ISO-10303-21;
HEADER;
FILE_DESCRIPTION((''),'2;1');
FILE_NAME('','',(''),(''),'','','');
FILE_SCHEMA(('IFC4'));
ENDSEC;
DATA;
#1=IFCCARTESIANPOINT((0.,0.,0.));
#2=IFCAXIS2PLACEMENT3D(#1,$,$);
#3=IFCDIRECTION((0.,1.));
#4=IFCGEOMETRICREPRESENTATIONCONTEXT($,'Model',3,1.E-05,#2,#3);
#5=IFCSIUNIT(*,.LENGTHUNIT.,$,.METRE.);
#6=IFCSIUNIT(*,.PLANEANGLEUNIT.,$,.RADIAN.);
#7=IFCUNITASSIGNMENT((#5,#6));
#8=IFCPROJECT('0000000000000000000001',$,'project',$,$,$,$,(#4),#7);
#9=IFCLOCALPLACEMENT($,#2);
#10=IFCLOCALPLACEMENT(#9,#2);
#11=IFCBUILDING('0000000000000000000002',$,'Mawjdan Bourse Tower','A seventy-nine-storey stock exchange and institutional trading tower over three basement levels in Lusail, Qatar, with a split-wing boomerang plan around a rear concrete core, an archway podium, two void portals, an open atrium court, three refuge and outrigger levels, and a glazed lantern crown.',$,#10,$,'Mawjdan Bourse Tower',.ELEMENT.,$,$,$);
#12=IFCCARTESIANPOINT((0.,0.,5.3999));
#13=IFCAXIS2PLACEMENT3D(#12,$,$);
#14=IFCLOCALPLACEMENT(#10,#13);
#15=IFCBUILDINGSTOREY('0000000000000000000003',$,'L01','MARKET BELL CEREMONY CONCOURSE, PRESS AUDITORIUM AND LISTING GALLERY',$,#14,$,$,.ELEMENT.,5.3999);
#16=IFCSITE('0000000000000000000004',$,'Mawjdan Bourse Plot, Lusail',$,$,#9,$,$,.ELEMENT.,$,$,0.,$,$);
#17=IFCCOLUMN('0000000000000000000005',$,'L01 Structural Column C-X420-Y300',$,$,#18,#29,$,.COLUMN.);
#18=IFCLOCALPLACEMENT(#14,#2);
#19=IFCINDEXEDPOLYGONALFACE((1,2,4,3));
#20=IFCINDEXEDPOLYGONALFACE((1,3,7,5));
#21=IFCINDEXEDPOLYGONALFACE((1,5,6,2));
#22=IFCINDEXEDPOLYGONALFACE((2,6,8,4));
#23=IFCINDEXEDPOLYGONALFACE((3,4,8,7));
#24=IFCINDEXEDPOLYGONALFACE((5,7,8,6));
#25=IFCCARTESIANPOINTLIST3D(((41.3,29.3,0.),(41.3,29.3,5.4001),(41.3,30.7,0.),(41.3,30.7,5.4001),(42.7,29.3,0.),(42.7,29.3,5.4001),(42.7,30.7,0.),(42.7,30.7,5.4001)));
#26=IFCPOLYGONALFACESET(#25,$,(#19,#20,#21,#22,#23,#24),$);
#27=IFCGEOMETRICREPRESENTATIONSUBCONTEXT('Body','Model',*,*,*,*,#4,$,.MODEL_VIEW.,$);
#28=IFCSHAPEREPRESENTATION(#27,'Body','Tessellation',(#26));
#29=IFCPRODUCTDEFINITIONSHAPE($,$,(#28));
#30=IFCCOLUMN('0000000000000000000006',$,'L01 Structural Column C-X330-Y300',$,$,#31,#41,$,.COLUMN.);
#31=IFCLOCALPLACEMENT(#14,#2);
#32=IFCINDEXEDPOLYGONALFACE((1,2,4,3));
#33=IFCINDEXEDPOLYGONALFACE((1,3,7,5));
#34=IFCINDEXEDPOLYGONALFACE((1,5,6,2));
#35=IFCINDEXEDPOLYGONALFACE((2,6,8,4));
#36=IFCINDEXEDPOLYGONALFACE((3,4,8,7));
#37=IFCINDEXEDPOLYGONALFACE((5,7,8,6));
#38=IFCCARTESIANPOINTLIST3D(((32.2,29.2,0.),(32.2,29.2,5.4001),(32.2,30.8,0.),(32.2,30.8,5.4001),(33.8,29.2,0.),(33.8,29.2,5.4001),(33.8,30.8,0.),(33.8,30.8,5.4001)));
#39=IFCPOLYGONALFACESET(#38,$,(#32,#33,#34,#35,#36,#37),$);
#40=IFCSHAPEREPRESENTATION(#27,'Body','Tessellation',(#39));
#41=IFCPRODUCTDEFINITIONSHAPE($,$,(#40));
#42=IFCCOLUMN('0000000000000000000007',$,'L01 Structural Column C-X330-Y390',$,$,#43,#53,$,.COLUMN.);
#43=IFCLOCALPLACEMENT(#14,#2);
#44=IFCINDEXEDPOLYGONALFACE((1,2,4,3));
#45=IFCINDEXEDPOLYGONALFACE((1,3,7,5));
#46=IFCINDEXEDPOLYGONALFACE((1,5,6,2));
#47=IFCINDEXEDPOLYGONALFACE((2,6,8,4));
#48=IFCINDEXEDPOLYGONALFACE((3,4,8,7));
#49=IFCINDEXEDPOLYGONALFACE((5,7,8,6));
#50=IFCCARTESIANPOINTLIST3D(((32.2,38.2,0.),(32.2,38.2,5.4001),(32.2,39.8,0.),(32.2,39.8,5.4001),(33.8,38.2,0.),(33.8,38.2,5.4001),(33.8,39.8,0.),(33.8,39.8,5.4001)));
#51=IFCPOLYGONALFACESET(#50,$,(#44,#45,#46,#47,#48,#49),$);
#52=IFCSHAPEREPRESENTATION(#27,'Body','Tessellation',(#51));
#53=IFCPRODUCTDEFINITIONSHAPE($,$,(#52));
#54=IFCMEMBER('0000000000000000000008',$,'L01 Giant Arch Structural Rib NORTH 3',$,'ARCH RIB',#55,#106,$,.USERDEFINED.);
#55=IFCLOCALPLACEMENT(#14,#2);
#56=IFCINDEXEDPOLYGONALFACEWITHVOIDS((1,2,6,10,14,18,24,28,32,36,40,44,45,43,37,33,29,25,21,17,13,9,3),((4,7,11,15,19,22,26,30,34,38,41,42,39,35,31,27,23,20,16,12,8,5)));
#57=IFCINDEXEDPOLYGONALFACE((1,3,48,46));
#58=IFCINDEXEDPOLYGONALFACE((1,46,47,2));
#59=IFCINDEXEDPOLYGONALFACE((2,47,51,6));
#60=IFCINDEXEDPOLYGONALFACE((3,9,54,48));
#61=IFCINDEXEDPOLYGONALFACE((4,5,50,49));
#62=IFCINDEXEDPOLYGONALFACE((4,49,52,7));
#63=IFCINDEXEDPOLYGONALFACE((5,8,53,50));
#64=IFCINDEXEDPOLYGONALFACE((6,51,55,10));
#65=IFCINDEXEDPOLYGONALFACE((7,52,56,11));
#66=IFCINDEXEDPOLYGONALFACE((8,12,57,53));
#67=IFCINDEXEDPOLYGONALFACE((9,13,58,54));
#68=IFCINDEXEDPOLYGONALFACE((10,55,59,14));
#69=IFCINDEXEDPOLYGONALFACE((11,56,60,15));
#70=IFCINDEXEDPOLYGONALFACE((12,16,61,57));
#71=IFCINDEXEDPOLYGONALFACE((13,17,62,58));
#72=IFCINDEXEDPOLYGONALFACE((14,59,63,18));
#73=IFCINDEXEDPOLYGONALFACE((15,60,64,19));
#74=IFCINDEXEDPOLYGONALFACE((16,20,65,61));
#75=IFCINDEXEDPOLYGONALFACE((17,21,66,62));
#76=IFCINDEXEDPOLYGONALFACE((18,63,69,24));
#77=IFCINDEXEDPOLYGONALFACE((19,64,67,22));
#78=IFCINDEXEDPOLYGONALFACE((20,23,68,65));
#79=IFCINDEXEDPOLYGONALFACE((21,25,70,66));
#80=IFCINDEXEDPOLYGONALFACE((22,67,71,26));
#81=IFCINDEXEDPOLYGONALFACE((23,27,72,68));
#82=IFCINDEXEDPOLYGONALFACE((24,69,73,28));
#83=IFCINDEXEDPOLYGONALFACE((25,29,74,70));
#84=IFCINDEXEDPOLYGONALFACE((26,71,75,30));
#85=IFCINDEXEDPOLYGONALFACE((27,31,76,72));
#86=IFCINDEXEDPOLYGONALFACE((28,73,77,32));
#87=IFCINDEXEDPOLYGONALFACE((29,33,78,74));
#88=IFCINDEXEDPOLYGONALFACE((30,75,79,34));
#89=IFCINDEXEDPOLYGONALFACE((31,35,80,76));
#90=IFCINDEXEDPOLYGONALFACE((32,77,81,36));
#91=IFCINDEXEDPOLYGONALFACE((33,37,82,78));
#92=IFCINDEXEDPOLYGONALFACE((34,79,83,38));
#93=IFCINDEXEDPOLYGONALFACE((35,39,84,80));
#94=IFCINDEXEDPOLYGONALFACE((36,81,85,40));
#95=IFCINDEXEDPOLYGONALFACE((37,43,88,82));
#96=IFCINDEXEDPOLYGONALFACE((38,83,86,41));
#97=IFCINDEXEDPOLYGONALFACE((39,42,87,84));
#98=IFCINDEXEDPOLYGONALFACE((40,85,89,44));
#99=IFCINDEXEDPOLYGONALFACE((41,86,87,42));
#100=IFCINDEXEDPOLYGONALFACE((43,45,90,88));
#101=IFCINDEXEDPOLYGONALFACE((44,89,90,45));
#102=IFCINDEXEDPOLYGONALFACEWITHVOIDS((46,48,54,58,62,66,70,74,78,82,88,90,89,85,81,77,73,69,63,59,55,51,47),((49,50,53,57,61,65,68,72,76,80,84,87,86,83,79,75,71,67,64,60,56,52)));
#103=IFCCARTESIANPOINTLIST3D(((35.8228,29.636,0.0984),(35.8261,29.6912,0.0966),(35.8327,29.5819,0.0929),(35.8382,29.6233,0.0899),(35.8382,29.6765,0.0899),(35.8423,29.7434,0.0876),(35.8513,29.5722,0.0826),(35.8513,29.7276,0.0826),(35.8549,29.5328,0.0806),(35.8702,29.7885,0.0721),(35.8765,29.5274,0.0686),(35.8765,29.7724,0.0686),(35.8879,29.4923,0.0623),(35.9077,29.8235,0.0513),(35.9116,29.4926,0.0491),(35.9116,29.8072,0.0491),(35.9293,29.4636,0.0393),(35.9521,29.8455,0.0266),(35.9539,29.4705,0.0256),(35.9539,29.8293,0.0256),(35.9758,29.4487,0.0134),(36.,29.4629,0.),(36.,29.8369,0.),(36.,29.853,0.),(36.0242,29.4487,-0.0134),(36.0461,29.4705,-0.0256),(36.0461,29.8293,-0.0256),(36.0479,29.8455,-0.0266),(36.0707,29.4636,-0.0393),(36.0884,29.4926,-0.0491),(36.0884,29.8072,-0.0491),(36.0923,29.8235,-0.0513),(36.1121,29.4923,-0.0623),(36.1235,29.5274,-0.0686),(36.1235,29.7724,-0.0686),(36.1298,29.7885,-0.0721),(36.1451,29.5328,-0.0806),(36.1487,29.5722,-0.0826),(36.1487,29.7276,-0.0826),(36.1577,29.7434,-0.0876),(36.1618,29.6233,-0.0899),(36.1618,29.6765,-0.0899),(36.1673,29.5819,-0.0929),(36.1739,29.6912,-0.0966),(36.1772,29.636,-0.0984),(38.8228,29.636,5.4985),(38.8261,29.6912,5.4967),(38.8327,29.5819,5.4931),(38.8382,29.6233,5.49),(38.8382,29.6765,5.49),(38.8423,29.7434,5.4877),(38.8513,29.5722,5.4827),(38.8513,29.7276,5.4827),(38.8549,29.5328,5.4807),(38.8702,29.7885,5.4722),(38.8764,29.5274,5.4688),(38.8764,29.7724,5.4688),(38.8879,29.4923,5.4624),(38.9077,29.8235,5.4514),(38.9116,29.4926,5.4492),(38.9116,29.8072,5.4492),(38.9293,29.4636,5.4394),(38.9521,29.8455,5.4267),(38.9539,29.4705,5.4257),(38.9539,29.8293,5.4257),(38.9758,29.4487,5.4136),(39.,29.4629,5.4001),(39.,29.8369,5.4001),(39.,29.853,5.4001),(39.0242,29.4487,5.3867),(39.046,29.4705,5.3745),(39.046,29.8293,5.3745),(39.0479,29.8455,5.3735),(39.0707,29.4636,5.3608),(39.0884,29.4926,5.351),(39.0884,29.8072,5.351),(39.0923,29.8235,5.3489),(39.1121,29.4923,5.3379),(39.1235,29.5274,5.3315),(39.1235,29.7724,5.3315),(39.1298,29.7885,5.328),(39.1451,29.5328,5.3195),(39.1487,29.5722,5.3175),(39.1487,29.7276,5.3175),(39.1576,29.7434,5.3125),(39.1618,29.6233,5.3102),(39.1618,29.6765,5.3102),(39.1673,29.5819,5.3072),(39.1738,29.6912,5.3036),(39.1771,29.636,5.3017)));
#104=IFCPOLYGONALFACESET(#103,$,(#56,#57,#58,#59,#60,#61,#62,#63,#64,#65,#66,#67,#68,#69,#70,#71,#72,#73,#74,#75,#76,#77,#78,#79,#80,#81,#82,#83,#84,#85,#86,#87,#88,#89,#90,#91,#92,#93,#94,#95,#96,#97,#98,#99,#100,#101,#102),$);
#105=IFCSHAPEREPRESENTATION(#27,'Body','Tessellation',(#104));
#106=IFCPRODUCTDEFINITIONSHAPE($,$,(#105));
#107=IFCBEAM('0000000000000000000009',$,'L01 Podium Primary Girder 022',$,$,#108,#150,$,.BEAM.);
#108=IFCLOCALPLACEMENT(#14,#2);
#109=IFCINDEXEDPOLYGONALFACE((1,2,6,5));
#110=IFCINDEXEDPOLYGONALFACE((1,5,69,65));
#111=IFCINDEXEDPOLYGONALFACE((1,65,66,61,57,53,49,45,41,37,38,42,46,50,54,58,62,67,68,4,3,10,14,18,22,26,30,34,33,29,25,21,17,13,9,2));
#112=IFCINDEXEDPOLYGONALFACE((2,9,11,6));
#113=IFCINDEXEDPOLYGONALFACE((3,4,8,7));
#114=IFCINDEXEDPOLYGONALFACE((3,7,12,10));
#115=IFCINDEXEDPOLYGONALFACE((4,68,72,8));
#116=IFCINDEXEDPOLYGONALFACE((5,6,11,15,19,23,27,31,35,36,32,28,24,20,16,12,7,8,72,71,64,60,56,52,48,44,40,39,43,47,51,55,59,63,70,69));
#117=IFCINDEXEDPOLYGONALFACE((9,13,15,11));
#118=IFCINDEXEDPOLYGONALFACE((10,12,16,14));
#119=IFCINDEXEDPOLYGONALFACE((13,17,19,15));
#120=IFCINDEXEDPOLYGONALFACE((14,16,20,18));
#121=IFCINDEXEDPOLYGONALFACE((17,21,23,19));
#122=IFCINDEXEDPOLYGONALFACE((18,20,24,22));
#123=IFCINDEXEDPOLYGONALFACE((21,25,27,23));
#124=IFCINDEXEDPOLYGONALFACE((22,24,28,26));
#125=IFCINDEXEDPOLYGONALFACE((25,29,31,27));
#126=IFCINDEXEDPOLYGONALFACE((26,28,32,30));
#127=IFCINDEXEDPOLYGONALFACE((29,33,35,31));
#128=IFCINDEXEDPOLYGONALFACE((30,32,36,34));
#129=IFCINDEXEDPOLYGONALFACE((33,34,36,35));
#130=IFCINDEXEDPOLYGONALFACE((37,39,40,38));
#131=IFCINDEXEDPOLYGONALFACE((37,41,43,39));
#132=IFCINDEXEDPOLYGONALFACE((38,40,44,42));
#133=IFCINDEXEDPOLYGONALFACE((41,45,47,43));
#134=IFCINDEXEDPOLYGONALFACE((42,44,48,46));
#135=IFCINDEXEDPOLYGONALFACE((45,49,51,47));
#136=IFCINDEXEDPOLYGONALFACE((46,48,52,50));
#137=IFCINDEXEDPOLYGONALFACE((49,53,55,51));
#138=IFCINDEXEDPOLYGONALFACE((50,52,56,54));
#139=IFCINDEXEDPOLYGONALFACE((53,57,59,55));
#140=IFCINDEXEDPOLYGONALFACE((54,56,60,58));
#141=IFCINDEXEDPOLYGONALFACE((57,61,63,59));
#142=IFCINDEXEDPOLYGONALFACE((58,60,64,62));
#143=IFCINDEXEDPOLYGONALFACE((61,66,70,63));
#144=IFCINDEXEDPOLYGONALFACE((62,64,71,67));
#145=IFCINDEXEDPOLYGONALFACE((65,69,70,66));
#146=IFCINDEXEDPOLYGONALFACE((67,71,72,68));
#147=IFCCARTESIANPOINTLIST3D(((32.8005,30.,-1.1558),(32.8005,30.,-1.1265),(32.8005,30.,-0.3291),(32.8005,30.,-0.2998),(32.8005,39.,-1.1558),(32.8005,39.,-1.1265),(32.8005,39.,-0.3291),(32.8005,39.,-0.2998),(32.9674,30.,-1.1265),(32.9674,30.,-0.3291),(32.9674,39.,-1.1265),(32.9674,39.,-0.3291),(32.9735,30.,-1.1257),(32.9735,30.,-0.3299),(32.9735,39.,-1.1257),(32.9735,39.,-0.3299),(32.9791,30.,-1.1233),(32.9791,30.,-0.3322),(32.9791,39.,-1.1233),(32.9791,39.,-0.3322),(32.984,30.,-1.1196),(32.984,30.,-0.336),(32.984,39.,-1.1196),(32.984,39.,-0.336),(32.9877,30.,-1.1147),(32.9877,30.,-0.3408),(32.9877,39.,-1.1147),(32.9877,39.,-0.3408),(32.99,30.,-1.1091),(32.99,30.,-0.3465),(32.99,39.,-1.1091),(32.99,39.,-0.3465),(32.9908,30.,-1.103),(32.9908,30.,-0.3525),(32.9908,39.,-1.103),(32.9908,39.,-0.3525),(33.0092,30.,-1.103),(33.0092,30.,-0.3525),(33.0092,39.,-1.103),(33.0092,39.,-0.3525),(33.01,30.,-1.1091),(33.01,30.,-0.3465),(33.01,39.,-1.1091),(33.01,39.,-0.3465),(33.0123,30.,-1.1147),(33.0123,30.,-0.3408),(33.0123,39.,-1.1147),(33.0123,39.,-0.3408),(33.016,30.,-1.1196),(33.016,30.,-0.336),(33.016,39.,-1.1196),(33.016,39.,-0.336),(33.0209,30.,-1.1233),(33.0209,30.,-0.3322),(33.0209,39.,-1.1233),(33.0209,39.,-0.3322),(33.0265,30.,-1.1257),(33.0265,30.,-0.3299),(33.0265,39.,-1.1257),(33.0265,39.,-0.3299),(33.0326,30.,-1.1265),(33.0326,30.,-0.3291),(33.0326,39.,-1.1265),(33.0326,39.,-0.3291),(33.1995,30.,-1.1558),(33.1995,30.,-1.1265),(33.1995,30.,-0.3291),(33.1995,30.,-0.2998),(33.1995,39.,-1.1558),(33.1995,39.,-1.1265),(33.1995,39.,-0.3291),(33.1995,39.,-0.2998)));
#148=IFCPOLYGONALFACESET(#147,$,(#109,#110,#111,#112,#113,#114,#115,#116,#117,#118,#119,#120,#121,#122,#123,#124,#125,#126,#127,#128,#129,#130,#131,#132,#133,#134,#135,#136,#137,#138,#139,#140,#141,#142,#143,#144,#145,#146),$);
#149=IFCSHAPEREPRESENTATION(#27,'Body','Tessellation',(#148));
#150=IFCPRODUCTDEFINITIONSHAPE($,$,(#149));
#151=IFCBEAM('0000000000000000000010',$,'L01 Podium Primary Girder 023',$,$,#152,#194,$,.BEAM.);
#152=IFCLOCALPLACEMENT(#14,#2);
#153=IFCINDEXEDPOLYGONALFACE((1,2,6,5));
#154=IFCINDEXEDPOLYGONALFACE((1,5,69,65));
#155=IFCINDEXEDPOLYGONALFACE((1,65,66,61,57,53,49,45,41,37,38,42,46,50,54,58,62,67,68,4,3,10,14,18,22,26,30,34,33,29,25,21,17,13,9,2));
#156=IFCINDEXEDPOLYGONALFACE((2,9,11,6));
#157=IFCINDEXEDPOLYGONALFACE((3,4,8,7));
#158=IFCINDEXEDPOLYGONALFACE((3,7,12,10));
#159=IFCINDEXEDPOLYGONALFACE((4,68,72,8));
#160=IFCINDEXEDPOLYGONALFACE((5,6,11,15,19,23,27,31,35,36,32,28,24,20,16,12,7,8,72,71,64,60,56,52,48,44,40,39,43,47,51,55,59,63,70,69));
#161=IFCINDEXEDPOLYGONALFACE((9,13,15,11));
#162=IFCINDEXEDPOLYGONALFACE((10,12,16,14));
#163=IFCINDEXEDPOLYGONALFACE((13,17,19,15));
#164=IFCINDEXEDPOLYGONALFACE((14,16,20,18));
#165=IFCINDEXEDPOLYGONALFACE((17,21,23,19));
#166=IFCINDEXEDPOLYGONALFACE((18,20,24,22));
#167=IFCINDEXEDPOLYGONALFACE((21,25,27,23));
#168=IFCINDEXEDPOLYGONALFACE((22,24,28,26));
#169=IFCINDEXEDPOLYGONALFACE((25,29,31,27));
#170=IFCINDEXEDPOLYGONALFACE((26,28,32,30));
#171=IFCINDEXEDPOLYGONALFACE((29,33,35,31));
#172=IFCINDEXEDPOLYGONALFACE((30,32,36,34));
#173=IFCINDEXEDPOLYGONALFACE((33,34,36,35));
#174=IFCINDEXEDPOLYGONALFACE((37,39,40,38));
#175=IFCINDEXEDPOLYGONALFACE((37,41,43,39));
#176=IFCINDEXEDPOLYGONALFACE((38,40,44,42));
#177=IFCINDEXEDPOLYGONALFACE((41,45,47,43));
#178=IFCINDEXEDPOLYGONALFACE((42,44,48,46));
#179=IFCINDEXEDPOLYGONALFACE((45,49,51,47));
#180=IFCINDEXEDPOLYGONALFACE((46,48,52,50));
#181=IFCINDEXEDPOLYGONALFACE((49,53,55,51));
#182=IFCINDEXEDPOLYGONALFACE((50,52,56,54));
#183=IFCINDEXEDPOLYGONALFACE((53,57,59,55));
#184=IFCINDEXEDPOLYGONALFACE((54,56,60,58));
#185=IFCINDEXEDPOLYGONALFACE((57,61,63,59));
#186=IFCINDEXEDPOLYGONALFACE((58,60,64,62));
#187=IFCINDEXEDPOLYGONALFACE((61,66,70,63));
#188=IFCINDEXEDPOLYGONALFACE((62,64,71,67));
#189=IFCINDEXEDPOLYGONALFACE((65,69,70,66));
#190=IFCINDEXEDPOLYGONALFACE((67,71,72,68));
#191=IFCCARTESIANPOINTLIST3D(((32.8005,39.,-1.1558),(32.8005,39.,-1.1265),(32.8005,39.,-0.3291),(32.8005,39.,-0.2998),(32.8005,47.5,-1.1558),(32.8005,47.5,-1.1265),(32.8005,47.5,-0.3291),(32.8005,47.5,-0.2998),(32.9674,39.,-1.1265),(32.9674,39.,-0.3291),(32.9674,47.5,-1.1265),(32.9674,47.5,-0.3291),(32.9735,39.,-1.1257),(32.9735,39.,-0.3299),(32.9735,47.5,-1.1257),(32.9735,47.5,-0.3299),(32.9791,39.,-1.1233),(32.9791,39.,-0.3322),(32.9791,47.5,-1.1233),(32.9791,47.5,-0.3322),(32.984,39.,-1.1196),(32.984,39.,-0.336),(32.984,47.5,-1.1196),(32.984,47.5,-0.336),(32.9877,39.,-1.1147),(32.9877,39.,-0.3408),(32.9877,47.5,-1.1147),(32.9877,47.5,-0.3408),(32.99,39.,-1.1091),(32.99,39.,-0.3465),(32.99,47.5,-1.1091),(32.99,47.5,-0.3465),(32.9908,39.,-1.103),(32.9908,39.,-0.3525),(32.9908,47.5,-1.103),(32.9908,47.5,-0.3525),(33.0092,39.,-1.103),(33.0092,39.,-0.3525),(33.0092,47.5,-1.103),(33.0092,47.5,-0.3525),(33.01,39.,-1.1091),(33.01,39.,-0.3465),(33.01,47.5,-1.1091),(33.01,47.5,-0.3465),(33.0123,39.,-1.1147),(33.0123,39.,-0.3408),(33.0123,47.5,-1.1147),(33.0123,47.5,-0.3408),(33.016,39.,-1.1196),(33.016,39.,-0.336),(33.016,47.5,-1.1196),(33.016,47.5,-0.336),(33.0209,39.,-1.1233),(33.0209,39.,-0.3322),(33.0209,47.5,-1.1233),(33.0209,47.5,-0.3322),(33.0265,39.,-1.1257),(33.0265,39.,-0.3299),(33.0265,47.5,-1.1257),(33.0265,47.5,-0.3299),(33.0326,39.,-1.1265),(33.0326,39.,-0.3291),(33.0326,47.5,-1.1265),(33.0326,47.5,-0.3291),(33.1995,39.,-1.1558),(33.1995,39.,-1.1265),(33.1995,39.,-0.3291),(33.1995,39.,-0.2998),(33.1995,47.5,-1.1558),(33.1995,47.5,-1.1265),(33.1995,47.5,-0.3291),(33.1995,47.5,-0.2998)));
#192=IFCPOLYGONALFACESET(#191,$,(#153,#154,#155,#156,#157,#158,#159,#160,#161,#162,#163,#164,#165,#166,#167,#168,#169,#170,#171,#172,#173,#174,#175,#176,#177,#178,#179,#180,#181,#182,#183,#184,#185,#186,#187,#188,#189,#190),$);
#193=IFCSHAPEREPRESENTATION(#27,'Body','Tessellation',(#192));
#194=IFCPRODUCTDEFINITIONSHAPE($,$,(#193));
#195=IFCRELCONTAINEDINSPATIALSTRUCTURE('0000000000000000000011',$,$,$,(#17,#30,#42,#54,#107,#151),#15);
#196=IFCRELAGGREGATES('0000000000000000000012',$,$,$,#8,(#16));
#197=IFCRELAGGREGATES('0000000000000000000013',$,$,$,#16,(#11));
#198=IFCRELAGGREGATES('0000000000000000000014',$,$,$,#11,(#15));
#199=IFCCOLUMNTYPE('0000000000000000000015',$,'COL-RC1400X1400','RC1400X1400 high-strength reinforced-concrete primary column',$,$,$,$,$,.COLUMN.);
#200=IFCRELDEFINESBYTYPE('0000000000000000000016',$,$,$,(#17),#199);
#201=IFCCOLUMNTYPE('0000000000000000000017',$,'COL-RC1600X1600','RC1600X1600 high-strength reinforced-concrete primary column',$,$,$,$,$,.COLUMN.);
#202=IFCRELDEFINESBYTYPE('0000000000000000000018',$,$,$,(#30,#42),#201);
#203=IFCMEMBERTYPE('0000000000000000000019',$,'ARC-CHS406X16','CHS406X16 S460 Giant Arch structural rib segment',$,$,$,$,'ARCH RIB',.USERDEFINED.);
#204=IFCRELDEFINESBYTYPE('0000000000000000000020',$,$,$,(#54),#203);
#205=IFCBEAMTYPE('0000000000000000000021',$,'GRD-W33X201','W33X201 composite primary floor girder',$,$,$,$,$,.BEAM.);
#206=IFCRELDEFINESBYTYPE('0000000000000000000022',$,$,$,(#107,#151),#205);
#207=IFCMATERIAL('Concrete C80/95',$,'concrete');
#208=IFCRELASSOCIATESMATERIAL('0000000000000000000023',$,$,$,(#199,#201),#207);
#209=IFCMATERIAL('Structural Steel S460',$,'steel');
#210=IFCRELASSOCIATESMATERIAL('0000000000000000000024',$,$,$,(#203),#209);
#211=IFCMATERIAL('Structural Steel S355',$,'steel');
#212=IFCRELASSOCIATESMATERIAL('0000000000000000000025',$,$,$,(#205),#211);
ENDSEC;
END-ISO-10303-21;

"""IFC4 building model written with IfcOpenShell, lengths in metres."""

from ifc_helpers import new_model, si_unit, direction, frame, origin, origin_2d, place, context, subcontext, project, spatial, rectangle, hollow_circle, i_section, extrude, material, material_profile, profile_set, type_object, element, save


model = new_model("IFC4")

# Units and contexts
model_context = context("Model", 3, precision=1e-05, world=origin(), true_north=direction((0.0, 1.0)))
body_context = subcontext(model_context, "Body", "Model", "MODEL_VIEW")
ifc_project = project(units=[si_unit("LENGTHUNIT", "METRE"), si_unit("PLANEANGLEUNIT", "RADIAN")], contexts=[model_context])

# Site, building, storey
site_placement = place(None, origin())
site = spatial("IfcSite", under=ifc_project, at=site_placement, Name="Mawjdan Bourse Plot, Lusail", CompositionType="ELEMENT", RefElevation=0.0)
building_placement = place(site_placement, origin())
building = spatial("IfcBuilding", under=site, at=building_placement, Name="Mawjdan Bourse Tower", Description="A seventy-nine-storey stock exchange and institutional trading tower over three basement levels in Lusail, Qatar, with a split-wing boomerang plan around a rear concrete core, an archway podium, two void portals, an open atrium court, three refuge and outrigger levels, and a glazed lantern crown.", LongName="Mawjdan Bourse Tower", CompositionType="ELEMENT")
storey_placement = place(building_placement, frame((0.0, 0.0, 5.3999)))
storey = spatial("IfcBuildingStorey", under=building, at=storey_placement, Name="L01", Description="MARKET BELL CEREMONY CONCOURSE, PRESS AUDITORIUM AND LISTING GALLERY", CompositionType="ELEMENT", Elevation=5.3999)

# Columns
ifc_material_1 = material(Name="Concrete C80/95", Category="concrete")
ifc_material_profile_1 = material_profile(ifc_material_1, rectangle(XDim=1.3999, YDim=1.3999, at=origin_2d()), Name="RC1400X1400")
ifc_profile_set_1 = profile_set([ifc_material_profile_1], Name="Concrete C80/95")
column_type_1 = type_object("IfcColumnType", Name="COL-RC1400X1400", Description="RC1400X1400 high-strength reinforced-concrete primary column", PredefinedType="COLUMN", material=ifc_profile_set_1)
column_placement = place(storey_placement, frame((42.0, 30.0, 0.0), z_axis=(0.0, 0.0, 1.0), x_axis=(1.0, 0.0, 0.0)))
element("IfcColumn", 1, at=column_placement, inside=storey, type_object=column_type_1, Name="L01 Structural Column C-X420-Y300", PredefinedType="COLUMN", context=body_context, shape_type="SweptSolid", body=[
    extrude(rectangle(XDim=1.3999, YDim=1.3999, at=origin_2d()), origin(), (0.0, 0.0, 1.0), 5.4001),
])
ifc_material_profile_2 = material_profile(ifc_material_1, rectangle(XDim=1.6001, YDim=1.6001, at=origin_2d()), Name="RC1600X1600")
ifc_profile_set_2 = profile_set([ifc_material_profile_2], Name="Concrete C80/95")
column_type_2 = type_object("IfcColumnType", Name="COL-RC1600X1600", Description="RC1600X1600 high-strength reinforced-concrete primary column", PredefinedType="COLUMN", material=ifc_profile_set_2)
for number, where, z_axis, x_axis, name in (
    (2, (33.0, 30.0, 0.0), (0.0, 0.0, 1.0), (1.0, 0.0, 0.0), "L01 Structural Column C-X330-Y300"),
    (3, (33.0, 39.0, 0.0), (0.0, 0.0, 1.0), (1.0, 0.0, 0.0), "L01 Structural Column C-X330-Y390"),
):
    element("IfcColumn", number, at=place(storey_placement, frame(where, z_axis=z_axis, x_axis=x_axis)), inside=storey, type_object=column_type_2, Name=name, PredefinedType="COLUMN", context=body_context, shape_type="SweptSolid", body=[
        extrude(rectangle(XDim=1.6001, YDim=1.6001, at=origin_2d()), origin(), (0.0, 0.0, 1.0), 5.4001),
    ])

# Member
ifc_material_2 = material(Name="Structural Steel S460", Category="steel")
ifc_material_profile_3 = material_profile(ifc_material_2, hollow_circle(Radius=0.2031, WallThickness=0.0161, at=origin_2d()), Name="CHS406X16")
ifc_profile_set_3 = profile_set([ifc_material_profile_3], Name="Structural Steel S460")
member_type_1 = type_object("IfcMemberType", Name="ARC-CHS406X16", Description="CHS406X16 S460 Giant Arch structural rib segment", ElementType="ARCH RIB", PredefinedType="USERDEFINED", material=ifc_profile_set_3)
member_1_placement = place(storey_placement, frame((36.0, 29.6499, 0.0), z_axis=(0.485633, 0.0, 0.874163), x_axis=(0.0, 1.0, 0.0)))
element("IfcMember", 4, at=member_1_placement, inside=storey, type_object=member_type_1, Name="L01 Giant Arch Structural Rib NORTH 3", ObjectType="ARCH RIB", PredefinedType="USERDEFINED", context=body_context, shape_type="SweptSolid", body=[
    extrude(hollow_circle(Radius=0.2031, WallThickness=0.0161, at=origin_2d()), origin(), (0.0, 0.0, 1.0), 6.1775),
])

# Beams
ifc_material_3 = material(Name="Structural Steel S355", Category="steel")
ifc_material_profile_4 = material_profile(ifc_material_3, i_section(OverallWidth=0.3989, OverallDepth=0.856, WebThickness=0.0183, FlangeThickness=0.0293, FilletRadius=0.0234, at=origin_2d()), Name="W33X201")
ifc_profile_set_4 = profile_set([ifc_material_profile_4], Name="Structural Steel S355")
beam_type_1 = type_object("IfcBeamType", Name="GRD-W33X201", Description="W33X201 composite primary floor girder", PredefinedType="BEAM", material=ifc_profile_set_4)
beam_1_placement = place(storey_placement, frame((33.0, 30.0, -0.7278), z_axis=(0.0, 1.0, 0.0), x_axis=(-1.0, 0.0, 0.0)))
element("IfcBeam", 5, at=beam_1_placement, inside=storey, type_object=beam_type_1, Name="L01 Podium Primary Girder 022", PredefinedType="BEAM", context=body_context, shape_type="SweptSolid", body=[
    extrude(i_section(OverallWidth=0.3989, OverallDepth=0.856, WebThickness=0.0183, FlangeThickness=0.0293, FilletRadius=0.0234, at=origin_2d()), origin(), (0.0, 0.0, 1.0), 9.0),
])
beam_2_placement = place(storey_placement, frame((33.0, 39.0, -0.7278), z_axis=(0.0, 1.0, 0.0), x_axis=(-1.0, 0.0, 0.0)))
element("IfcBeam", 6, at=beam_2_placement, inside=storey, type_object=beam_type_1, Name="L01 Podium Primary Girder 023", PredefinedType="BEAM", context=body_context, shape_type="SweptSolid", body=[
    extrude(i_section(OverallWidth=0.3989, OverallDepth=0.856, WebThickness=0.0183, FlangeThickness=0.0293, FilletRadius=0.0234, at=origin_2d()), origin(), (0.0, 0.0, 1.0), 8.5),
])

save(model, "model.ifc")
